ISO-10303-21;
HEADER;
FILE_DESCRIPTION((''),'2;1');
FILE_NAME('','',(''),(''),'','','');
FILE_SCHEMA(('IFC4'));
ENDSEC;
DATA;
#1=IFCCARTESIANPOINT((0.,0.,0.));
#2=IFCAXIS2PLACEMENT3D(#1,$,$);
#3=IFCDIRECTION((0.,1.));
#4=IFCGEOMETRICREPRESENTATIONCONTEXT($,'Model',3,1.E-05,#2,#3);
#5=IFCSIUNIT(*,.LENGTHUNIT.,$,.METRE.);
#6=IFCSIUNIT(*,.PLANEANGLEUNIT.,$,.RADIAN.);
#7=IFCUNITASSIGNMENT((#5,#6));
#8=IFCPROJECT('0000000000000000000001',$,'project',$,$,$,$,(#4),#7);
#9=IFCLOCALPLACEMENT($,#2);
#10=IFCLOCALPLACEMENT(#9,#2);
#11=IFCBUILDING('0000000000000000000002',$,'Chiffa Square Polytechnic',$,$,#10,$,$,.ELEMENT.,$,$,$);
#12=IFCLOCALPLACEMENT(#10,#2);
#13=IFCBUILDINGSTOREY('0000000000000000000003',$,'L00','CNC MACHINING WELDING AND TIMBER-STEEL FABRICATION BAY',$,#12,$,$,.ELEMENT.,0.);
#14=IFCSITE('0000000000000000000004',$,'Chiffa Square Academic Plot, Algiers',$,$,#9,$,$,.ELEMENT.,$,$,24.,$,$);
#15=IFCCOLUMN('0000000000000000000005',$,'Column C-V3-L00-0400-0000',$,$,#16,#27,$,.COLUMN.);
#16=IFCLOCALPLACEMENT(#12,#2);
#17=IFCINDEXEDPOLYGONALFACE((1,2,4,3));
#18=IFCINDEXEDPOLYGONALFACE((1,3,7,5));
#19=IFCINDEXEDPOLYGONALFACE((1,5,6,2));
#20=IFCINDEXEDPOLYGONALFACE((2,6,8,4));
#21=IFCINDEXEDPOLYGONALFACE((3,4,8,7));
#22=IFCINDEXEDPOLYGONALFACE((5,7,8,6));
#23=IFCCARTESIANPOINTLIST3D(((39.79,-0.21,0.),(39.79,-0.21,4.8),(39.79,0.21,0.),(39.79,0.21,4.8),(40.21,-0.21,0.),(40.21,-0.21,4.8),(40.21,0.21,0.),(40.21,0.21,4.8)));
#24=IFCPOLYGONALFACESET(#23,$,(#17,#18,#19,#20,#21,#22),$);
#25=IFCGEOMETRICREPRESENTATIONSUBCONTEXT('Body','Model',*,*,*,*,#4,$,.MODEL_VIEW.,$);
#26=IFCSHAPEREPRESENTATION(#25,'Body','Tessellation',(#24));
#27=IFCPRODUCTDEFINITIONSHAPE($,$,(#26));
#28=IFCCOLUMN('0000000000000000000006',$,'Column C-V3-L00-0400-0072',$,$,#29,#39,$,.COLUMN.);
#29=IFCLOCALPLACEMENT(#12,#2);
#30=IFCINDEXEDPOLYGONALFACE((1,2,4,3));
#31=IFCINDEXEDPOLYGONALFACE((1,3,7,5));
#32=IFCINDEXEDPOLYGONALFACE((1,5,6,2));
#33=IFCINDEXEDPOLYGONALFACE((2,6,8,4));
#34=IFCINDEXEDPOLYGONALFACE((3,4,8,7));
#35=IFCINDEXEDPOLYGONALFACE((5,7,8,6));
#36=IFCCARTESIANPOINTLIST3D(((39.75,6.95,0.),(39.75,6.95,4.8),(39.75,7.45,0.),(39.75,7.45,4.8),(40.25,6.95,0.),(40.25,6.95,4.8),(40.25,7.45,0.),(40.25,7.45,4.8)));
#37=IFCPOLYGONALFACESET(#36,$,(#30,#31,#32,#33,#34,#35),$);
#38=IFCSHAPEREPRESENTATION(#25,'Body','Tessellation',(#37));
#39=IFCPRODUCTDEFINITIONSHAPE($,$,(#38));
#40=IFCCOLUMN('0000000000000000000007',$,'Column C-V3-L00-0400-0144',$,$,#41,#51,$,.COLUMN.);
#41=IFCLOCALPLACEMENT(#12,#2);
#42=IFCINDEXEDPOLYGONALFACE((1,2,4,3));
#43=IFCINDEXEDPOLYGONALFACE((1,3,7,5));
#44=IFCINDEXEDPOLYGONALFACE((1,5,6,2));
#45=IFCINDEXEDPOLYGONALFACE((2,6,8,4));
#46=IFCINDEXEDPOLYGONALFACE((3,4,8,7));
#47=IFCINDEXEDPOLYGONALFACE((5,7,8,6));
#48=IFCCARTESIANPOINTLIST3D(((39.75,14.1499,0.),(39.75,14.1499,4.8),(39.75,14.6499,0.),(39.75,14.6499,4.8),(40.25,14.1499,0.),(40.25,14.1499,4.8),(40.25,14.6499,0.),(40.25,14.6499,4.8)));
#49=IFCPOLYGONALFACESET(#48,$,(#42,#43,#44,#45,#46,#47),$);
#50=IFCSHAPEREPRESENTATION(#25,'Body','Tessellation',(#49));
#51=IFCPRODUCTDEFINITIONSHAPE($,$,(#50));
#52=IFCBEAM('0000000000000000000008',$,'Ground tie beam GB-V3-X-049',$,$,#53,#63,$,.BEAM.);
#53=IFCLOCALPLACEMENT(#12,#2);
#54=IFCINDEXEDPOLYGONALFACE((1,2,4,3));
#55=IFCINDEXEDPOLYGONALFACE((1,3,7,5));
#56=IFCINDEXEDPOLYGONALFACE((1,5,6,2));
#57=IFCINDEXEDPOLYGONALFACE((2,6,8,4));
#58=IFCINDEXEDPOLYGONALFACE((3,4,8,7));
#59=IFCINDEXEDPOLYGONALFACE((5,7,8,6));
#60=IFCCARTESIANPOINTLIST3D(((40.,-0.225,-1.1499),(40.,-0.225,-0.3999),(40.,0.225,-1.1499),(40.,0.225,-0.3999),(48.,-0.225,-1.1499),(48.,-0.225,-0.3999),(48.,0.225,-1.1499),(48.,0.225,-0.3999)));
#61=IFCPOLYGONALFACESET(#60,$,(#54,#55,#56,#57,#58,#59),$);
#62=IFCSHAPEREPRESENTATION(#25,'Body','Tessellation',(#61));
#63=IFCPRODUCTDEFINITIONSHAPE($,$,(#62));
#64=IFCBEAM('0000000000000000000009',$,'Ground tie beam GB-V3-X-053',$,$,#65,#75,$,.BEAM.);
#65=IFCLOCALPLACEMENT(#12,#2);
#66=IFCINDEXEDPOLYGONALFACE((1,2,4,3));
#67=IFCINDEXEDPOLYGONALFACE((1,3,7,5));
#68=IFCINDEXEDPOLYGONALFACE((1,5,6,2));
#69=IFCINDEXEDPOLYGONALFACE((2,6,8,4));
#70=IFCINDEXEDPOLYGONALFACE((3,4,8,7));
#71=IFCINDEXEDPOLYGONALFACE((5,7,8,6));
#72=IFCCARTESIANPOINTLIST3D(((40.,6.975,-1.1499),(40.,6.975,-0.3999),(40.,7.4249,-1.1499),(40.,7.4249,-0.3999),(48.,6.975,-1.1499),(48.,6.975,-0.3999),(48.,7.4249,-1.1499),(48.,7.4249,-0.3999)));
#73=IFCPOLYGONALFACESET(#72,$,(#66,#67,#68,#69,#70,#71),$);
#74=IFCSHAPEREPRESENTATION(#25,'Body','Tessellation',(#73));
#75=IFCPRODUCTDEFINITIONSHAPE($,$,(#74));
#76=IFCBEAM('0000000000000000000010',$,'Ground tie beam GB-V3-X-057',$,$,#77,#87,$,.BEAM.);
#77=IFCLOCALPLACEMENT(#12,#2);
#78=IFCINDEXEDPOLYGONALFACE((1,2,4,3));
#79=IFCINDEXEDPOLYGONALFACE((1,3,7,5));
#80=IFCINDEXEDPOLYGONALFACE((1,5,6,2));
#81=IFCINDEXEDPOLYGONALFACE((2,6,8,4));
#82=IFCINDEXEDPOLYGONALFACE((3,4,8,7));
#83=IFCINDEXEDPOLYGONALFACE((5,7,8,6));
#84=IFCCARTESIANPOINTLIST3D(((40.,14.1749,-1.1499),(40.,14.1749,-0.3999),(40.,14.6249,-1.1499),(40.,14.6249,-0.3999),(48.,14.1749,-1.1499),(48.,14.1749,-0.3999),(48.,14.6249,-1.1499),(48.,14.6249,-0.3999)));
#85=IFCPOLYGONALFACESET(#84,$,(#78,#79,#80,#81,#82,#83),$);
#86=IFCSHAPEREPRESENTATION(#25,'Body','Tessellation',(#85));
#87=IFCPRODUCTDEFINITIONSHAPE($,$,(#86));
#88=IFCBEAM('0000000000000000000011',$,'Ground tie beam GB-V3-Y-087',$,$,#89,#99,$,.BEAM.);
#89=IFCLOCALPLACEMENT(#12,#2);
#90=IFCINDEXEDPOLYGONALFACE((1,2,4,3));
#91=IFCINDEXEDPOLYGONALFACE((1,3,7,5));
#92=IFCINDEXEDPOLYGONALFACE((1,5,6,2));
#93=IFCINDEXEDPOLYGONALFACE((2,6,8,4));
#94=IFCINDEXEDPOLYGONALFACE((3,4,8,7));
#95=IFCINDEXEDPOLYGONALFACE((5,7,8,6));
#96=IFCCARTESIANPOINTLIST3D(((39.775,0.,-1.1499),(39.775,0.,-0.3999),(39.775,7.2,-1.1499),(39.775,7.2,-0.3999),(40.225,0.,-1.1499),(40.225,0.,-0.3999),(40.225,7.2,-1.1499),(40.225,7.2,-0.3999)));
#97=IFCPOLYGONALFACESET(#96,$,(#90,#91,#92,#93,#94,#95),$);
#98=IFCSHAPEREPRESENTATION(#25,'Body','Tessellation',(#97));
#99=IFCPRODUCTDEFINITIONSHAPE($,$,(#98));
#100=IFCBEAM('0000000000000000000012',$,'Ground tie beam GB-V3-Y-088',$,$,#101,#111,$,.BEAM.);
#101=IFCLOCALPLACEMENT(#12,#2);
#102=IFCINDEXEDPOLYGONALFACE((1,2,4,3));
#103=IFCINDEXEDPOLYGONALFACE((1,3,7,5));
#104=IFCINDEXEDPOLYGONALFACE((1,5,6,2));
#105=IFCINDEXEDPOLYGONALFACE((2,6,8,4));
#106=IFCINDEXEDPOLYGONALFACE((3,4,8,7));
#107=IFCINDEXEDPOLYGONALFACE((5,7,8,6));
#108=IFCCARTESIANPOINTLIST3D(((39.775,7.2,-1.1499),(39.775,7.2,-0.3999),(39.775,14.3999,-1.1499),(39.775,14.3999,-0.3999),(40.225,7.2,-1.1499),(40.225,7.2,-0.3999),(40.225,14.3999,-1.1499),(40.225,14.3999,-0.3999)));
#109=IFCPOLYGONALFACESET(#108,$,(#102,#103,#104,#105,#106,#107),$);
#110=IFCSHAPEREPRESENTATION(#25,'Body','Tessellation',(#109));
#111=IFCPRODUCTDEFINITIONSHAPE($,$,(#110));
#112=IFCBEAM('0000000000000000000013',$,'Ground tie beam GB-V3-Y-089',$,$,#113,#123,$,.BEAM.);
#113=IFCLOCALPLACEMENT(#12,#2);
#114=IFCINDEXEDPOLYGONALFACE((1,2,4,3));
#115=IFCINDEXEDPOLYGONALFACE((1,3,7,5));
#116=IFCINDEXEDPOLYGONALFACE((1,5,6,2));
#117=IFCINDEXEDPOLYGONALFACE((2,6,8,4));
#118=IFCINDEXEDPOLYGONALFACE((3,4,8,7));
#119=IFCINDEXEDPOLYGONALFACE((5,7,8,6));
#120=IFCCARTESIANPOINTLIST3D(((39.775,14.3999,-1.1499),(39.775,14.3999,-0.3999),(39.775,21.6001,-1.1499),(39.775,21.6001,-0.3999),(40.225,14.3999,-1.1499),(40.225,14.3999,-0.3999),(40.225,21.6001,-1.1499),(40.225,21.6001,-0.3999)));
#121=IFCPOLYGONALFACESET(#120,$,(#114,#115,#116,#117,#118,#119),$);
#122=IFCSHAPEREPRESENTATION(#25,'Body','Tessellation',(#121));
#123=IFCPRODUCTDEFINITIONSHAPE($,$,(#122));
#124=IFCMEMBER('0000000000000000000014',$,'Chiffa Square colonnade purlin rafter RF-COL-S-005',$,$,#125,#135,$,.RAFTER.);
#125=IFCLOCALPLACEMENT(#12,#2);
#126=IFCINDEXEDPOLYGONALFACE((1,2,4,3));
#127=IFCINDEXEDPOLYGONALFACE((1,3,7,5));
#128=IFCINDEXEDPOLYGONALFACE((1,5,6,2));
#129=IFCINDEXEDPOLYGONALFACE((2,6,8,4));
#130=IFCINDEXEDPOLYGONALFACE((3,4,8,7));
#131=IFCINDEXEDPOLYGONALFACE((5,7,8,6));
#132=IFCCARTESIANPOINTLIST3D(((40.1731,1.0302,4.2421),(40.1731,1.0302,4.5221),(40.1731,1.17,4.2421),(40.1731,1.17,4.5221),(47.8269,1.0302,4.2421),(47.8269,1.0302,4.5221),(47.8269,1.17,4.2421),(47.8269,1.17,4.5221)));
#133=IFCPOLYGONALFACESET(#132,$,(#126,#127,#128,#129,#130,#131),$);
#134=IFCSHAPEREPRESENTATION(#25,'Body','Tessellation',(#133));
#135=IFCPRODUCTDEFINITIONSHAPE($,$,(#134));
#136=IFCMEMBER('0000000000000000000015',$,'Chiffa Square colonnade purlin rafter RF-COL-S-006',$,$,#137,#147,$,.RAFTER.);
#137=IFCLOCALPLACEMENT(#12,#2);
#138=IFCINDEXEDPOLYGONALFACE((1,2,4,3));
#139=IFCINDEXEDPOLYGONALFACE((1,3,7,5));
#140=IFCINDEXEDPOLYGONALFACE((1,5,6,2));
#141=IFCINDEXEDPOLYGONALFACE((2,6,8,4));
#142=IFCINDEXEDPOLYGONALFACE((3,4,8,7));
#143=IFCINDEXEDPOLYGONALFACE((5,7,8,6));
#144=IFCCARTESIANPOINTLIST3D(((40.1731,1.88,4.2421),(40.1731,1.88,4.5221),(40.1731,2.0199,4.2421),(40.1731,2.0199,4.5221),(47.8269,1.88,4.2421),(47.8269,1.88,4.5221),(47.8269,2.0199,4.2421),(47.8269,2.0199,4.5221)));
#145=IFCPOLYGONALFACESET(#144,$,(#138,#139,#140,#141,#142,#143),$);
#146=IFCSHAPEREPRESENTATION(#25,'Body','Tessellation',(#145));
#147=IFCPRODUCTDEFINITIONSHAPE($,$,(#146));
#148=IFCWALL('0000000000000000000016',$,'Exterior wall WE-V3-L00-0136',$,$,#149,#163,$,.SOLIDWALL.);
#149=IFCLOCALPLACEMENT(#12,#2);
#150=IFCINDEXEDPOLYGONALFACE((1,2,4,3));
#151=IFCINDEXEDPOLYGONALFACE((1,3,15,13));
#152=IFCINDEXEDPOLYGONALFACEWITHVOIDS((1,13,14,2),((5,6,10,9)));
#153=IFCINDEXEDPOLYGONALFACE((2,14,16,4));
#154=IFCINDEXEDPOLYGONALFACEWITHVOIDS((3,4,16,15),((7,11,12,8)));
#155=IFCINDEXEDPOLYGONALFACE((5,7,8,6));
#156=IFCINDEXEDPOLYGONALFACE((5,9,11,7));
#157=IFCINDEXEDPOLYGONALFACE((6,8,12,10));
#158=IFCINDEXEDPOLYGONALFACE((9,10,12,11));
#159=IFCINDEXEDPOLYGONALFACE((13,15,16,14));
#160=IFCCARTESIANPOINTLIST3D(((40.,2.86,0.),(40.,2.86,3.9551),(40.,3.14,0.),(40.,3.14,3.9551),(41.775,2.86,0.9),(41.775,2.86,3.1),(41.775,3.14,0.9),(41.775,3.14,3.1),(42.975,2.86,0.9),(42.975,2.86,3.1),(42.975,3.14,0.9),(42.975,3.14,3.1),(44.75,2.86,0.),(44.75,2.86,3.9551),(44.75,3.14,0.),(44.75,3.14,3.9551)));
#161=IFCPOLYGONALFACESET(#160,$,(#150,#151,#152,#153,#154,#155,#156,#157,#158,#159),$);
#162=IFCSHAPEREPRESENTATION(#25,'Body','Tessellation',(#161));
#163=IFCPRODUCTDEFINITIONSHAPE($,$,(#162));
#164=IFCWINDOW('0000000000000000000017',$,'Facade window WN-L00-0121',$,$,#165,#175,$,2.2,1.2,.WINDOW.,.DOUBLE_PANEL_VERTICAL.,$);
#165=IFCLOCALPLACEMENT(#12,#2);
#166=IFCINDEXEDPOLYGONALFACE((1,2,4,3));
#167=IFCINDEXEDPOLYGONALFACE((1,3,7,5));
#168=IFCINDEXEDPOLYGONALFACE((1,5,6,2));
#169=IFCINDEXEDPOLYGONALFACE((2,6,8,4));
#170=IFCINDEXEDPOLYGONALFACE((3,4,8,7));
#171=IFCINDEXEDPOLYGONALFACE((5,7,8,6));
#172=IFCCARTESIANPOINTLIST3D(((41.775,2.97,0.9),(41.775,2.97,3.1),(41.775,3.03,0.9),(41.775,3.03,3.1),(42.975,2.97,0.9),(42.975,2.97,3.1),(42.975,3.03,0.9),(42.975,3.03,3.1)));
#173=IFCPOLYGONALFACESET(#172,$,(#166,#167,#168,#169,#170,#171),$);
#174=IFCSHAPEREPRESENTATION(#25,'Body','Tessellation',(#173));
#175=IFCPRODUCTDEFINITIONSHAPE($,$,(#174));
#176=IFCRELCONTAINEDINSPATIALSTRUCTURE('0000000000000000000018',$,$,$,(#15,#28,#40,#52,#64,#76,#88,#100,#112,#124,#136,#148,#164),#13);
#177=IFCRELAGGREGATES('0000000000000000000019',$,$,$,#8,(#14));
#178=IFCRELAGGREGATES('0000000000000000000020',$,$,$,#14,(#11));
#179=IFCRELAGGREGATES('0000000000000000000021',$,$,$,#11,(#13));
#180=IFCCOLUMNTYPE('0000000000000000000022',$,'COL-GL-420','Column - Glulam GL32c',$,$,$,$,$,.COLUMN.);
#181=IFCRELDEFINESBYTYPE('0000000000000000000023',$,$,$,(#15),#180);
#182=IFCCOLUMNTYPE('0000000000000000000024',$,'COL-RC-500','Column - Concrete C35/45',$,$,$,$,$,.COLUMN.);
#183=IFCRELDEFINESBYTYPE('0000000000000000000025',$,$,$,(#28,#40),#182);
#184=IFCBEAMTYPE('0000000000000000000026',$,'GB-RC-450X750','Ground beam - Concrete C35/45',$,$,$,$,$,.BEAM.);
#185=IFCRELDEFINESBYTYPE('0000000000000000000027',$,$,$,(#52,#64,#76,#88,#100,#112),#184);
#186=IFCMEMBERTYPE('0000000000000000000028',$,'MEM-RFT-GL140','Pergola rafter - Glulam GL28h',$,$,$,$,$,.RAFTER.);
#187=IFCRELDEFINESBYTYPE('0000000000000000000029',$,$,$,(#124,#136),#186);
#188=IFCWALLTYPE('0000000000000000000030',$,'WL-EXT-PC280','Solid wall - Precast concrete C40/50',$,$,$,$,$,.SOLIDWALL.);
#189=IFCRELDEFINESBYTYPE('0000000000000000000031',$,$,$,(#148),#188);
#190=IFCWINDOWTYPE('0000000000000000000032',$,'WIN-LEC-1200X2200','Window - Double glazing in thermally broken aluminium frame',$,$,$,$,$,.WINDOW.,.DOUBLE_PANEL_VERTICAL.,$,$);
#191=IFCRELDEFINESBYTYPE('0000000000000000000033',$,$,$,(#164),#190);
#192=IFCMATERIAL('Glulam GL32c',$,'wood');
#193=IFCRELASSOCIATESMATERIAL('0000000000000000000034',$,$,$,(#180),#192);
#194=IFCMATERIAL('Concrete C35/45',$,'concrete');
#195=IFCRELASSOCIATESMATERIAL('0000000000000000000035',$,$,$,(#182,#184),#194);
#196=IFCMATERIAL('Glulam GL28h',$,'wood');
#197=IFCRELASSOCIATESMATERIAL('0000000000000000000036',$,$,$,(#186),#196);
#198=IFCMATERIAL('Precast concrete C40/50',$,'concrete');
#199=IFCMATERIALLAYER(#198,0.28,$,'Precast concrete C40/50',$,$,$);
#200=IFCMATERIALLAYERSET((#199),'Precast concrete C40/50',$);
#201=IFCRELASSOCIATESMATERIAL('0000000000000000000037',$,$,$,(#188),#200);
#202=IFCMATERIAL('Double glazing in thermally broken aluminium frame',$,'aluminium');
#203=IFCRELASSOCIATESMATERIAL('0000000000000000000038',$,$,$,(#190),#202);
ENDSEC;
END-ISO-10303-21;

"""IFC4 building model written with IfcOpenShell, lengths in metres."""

from ifc_helpers import new_model, si_unit, direction, frame, frame_2d, origin, origin_2d, place, context, subcontext, project, spatial, rectangle, extrude, material, layer, layer_set, material_profile, profile_set, type_object, element, fill, save


model = new_model("IFC4")

# Units and contexts
model_context = context("Model", 3, precision=1e-05, world=origin(), true_north=direction((0.0, 1.0)))
body_context = subcontext(model_context, "Body", "Model", "MODEL_VIEW")
ifc_project = project(units=[si_unit("LENGTHUNIT", "METRE"), si_unit("PLANEANGLEUNIT", "RADIAN")], contexts=[model_context])

# Site, building, storey
site_placement = place(None, origin())
site = spatial("IfcSite", under=ifc_project, at=site_placement, Name="Chiffa Square Academic Plot, Algiers", CompositionType="ELEMENT", RefElevation=24.0)
building_placement = place(site_placement, origin())
building = spatial("IfcBuilding", under=site, at=building_placement, Name="Chiffa Square Polytechnic", CompositionType="ELEMENT")
storey_placement = place(building_placement, origin())
storey = spatial("IfcBuildingStorey", under=building, at=storey_placement, Name="L00", Description="CNC MACHINING WELDING AND TIMBER-STEEL FABRICATION BAY", CompositionType="ELEMENT", Elevation=0.0)

# Columns
ifc_material_1 = material(Name="Glulam GL32c", Category="wood")
ifc_material_profile_1 = material_profile(ifc_material_1, rectangle(XDim=0.4199, YDim=0.4199, at=origin_2d()), Name="GL32c 420x420")
ifc_profile_set_1 = profile_set([ifc_material_profile_1], Name="Glulam GL32c")
column_type_1 = type_object("IfcColumnType", Name="COL-GL-420", Description="Column - Glulam GL32c", PredefinedType="COLUMN", material=ifc_profile_set_1)
column_placement = place(storey_placement, frame((40.0, 0.0, 0.0), z_axis=(0.0, 0.0, 1.0), x_axis=(1.0, 0.0, 0.0)))
element("IfcColumn", 1, at=column_placement, inside=storey, type_object=column_type_1, Name="Column C-V3-L00-0400-0000", PredefinedType="COLUMN", context=body_context, shape_type="SweptSolid", body=[
    extrude(rectangle(XDim=0.4199, YDim=0.4199, at=origin_2d()), origin(), (0.0, 0.0, 1.0), 4.8),
])
ifc_material_2 = material(Name="Concrete C35/45", Category="concrete")
ifc_material_profile_2 = material_profile(ifc_material_2, rectangle(XDim=0.5, YDim=0.5, at=origin_2d()), Name="RC 500x500")
ifc_profile_set_2 = profile_set([ifc_material_profile_2], Name="Concrete C35/45")
column_type_2 = type_object("IfcColumnType", Name="COL-RC-500", Description="Column - Concrete C35/45", PredefinedType="COLUMN", material=ifc_profile_set_2)
for number, where, z_axis, x_axis, name in (
    (2, (40.0, 7.2, 0.0), (0.0, 0.0, 1.0), (1.0, 0.0, 0.0), "Column C-V3-L00-0400-0072"),
    (3, (40.0, 14.3999, 0.0), (0.0, 0.0, 1.0), (1.0, 0.0, 0.0), "Column C-V3-L00-0400-0144"),
):
    element("IfcColumn", number, at=place(storey_placement, frame(where, z_axis=z_axis, x_axis=x_axis)), inside=storey, type_object=column_type_2, Name=name, PredefinedType="COLUMN", context=body_context, shape_type="SweptSolid", body=[
        extrude(rectangle(XDim=0.5, YDim=0.5, at=origin_2d()), origin(), (0.0, 0.0, 1.0), 4.8),
    ])

# Beams
ifc_material_profile_3 = material_profile(ifc_material_2, rectangle(XDim=0.45, YDim=0.75, at=origin_2d()), Name="RC 450x750")
ifc_profile_set_3 = profile_set([ifc_material_profile_3], Name="Concrete C35/45")
beam_type = type_object("IfcBeamType", Name="GB-RC-450X750", Description="Ground beam - Concrete C35/45", PredefinedType="BEAM", material=ifc_profile_set_3)
for number, where, z_axis, x_axis, name in (
    (4, (40.0, 0.0, -0.7749), (1.0, 0.0, 0.0), (0.0, 1.0, 0.0), "Ground tie beam GB-V3-X-049"),
    (5, (40.0, 7.2, -0.7749), (1.0, 0.0, 0.0), (0.0, 1.0, 0.0), "Ground tie beam GB-V3-X-053"),
    (6, (40.0, 14.3999, -0.7749), (1.0, 0.0, 0.0), (0.0, 1.0, 0.0), "Ground tie beam GB-V3-X-057"),
):
    element("IfcBeam", number, at=place(storey_placement, frame(where, z_axis=z_axis, x_axis=x_axis)), inside=storey, type_object=beam_type, Name=name, PredefinedType="BEAM", context=body_context, shape_type="SweptSolid", body=[
        extrude(rectangle(XDim=0.45, YDim=0.75, at=origin_2d()), origin(), (0.0, 0.0, 1.0), 8.0),
    ])
for number, where, z_axis, x_axis, name in (
    (7, (40.0, 0.0, -0.7749), (0.0, 1.0, 0.0), (-1.0, 0.0, 0.0), "Ground tie beam GB-V3-Y-087"),
    (8, (40.0, 7.2, -0.7749), (0.0, 1.0, 0.0), (-1.0, 0.0, 0.0), "Ground tie beam GB-V3-Y-088"),
):
    element("IfcBeam", number, at=place(storey_placement, frame(where, z_axis=z_axis, x_axis=x_axis)), inside=storey, type_object=beam_type, Name=name, PredefinedType="BEAM", context=body_context, shape_type="SweptSolid", body=[
        extrude(rectangle(XDim=0.45, YDim=0.75, at=origin_2d()), origin(), (0.0, 0.0, 1.0), 7.2),
    ])
beam_placement = place(storey_placement, frame((40.0, 14.3999, -0.7749), z_axis=(0.0, 1.0, 0.0), x_axis=(-1.0, 0.0, 0.0)))
element("IfcBeam", 9, at=beam_placement, inside=storey, type_object=beam_type, Name="Ground tie beam GB-V3-Y-089", PredefinedType="BEAM", context=body_context, shape_type="SweptSolid", body=[
    extrude(rectangle(XDim=0.45, YDim=0.75, at=origin_2d()), origin(), (0.0, 0.0, 1.0), 7.2002),
])

# Members
ifc_material_3 = material(Name="Glulam GL28h", Category="wood")
ifc_material_profile_4 = material_profile(ifc_material_3, rectangle(XDim=0.1399, YDim=0.28, at=origin_2d()), Name="GL28h 140x280")
ifc_profile_set_4 = profile_set([ifc_material_profile_4], Name="Glulam GL28h")
member_type = type_object("IfcMemberType", Name="MEM-RFT-GL140", Description="Pergola rafter - Glulam GL28h", PredefinedType="RAFTER", material=ifc_profile_set_4)
for number, where, z_axis, x_axis, name in (
    (10, (40.1731, 1.1001, 4.3821), (1.0, 0.0, 0.0), (0.0, 1.0, 0.0), "Chiffa Square colonnade purlin rafter RF-COL-S-005"),
    (11, (40.1731, 1.95, 4.3821), (1.0, 0.0, 0.0), (0.0, 1.0, 0.0), "Chiffa Square colonnade purlin rafter RF-COL-S-006"),
):
    element("IfcMember", number, at=place(storey_placement, frame(where, z_axis=z_axis, x_axis=x_axis)), inside=storey, type_object=member_type, Name=name, PredefinedType="RAFTER", context=body_context, shape_type="SweptSolid", body=[
        extrude(rectangle(XDim=0.1399, YDim=0.28, at=origin_2d()), origin(), (0.0, 0.0, 1.0), 7.6538),
    ])

# Wall, opening, window
ifc_material_4 = material(Name="Precast concrete C40/50", Category="concrete")
ifc_layer_1 = layer(ifc_material_4, 0.28, Name="Precast concrete C40/50")
ifc_layer_set_1 = layer_set([ifc_layer_1], Name="Precast concrete C40/50")
wall_type_1 = type_object("IfcWallType", Name="WL-EXT-PC280", Description="Solid wall - Precast concrete C40/50", PredefinedType="SOLIDWALL", material=ifc_layer_set_1)
wall_1_placement = place(storey_placement, frame((40.0, 3.0, 0.0), z_axis=(0.0, 0.0, 1.0), x_axis=(1.0, 0.0, 0.0)))
wall_1 = element("IfcWall", 12, at=wall_1_placement, inside=storey, type_object=wall_type_1, Name="Exterior wall WE-V3-L00-0136", PredefinedType="SOLIDWALL", context=body_context, shape_type="SweptSolid", body=[
    extrude(rectangle(XDim=4.75, YDim=0.28, at=frame_2d((2.375, 0.0))), origin(), (0.0, 0.0, 1.0), 3.9551),
])
opening_1_placement = place(wall_1_placement, frame((1.7749, 0.0, 0.8999)))
opening_1 = element("IfcOpeningElement", 13, at=opening_1_placement, cuts=wall_1, PredefinedType="OPENING", context=body_context, shape_type="SweptSolid", body=[
    extrude(rectangle(XDim=1.2, YDim=2.2, at=frame_2d((0.6001, 1.1001))), frame((0.0, 0.1499, 0.0), z_axis=(0.0, -1.0, 0.0), x_axis=(1.0, 0.0, 0.0)), (0.0, 0.0, 1.0), 0.3),
])
ifc_material_5 = material(Name="Double glazing in thermally broken aluminium frame", Category="aluminium")
window_type = type_object("IfcWindowType", Name="WIN-LEC-1200X2200", Description="Window - Double glazing in thermally broken aluminium frame", PartitioningType="DOUBLE_PANEL_VERTICAL", PredefinedType="WINDOW", material=ifc_material_5)
window_placement = place(opening_1_placement, origin())
window = element("IfcWindow", 14, at=window_placement, inside=storey, type_object=window_type, Name="Facade window WN-L00-0121", OverallHeight=2.2, OverallWidth=1.2, PartitioningType="DOUBLE_PANEL_VERTICAL", PredefinedType="WINDOW", context=body_context, shape_type="SweptSolid", body=[
    extrude(rectangle(XDim=1.2, YDim=2.2, at=frame_2d((0.6001, 1.1001))), frame((0.0, 0.03, 0.0), z_axis=(0.0, -1.0, 0.0), x_axis=(1.0, 0.0, 0.0)), (0.0, 0.0, 1.0), 0.0601),
])
fill(opening_1, window)

save(model, "model.ifc")
